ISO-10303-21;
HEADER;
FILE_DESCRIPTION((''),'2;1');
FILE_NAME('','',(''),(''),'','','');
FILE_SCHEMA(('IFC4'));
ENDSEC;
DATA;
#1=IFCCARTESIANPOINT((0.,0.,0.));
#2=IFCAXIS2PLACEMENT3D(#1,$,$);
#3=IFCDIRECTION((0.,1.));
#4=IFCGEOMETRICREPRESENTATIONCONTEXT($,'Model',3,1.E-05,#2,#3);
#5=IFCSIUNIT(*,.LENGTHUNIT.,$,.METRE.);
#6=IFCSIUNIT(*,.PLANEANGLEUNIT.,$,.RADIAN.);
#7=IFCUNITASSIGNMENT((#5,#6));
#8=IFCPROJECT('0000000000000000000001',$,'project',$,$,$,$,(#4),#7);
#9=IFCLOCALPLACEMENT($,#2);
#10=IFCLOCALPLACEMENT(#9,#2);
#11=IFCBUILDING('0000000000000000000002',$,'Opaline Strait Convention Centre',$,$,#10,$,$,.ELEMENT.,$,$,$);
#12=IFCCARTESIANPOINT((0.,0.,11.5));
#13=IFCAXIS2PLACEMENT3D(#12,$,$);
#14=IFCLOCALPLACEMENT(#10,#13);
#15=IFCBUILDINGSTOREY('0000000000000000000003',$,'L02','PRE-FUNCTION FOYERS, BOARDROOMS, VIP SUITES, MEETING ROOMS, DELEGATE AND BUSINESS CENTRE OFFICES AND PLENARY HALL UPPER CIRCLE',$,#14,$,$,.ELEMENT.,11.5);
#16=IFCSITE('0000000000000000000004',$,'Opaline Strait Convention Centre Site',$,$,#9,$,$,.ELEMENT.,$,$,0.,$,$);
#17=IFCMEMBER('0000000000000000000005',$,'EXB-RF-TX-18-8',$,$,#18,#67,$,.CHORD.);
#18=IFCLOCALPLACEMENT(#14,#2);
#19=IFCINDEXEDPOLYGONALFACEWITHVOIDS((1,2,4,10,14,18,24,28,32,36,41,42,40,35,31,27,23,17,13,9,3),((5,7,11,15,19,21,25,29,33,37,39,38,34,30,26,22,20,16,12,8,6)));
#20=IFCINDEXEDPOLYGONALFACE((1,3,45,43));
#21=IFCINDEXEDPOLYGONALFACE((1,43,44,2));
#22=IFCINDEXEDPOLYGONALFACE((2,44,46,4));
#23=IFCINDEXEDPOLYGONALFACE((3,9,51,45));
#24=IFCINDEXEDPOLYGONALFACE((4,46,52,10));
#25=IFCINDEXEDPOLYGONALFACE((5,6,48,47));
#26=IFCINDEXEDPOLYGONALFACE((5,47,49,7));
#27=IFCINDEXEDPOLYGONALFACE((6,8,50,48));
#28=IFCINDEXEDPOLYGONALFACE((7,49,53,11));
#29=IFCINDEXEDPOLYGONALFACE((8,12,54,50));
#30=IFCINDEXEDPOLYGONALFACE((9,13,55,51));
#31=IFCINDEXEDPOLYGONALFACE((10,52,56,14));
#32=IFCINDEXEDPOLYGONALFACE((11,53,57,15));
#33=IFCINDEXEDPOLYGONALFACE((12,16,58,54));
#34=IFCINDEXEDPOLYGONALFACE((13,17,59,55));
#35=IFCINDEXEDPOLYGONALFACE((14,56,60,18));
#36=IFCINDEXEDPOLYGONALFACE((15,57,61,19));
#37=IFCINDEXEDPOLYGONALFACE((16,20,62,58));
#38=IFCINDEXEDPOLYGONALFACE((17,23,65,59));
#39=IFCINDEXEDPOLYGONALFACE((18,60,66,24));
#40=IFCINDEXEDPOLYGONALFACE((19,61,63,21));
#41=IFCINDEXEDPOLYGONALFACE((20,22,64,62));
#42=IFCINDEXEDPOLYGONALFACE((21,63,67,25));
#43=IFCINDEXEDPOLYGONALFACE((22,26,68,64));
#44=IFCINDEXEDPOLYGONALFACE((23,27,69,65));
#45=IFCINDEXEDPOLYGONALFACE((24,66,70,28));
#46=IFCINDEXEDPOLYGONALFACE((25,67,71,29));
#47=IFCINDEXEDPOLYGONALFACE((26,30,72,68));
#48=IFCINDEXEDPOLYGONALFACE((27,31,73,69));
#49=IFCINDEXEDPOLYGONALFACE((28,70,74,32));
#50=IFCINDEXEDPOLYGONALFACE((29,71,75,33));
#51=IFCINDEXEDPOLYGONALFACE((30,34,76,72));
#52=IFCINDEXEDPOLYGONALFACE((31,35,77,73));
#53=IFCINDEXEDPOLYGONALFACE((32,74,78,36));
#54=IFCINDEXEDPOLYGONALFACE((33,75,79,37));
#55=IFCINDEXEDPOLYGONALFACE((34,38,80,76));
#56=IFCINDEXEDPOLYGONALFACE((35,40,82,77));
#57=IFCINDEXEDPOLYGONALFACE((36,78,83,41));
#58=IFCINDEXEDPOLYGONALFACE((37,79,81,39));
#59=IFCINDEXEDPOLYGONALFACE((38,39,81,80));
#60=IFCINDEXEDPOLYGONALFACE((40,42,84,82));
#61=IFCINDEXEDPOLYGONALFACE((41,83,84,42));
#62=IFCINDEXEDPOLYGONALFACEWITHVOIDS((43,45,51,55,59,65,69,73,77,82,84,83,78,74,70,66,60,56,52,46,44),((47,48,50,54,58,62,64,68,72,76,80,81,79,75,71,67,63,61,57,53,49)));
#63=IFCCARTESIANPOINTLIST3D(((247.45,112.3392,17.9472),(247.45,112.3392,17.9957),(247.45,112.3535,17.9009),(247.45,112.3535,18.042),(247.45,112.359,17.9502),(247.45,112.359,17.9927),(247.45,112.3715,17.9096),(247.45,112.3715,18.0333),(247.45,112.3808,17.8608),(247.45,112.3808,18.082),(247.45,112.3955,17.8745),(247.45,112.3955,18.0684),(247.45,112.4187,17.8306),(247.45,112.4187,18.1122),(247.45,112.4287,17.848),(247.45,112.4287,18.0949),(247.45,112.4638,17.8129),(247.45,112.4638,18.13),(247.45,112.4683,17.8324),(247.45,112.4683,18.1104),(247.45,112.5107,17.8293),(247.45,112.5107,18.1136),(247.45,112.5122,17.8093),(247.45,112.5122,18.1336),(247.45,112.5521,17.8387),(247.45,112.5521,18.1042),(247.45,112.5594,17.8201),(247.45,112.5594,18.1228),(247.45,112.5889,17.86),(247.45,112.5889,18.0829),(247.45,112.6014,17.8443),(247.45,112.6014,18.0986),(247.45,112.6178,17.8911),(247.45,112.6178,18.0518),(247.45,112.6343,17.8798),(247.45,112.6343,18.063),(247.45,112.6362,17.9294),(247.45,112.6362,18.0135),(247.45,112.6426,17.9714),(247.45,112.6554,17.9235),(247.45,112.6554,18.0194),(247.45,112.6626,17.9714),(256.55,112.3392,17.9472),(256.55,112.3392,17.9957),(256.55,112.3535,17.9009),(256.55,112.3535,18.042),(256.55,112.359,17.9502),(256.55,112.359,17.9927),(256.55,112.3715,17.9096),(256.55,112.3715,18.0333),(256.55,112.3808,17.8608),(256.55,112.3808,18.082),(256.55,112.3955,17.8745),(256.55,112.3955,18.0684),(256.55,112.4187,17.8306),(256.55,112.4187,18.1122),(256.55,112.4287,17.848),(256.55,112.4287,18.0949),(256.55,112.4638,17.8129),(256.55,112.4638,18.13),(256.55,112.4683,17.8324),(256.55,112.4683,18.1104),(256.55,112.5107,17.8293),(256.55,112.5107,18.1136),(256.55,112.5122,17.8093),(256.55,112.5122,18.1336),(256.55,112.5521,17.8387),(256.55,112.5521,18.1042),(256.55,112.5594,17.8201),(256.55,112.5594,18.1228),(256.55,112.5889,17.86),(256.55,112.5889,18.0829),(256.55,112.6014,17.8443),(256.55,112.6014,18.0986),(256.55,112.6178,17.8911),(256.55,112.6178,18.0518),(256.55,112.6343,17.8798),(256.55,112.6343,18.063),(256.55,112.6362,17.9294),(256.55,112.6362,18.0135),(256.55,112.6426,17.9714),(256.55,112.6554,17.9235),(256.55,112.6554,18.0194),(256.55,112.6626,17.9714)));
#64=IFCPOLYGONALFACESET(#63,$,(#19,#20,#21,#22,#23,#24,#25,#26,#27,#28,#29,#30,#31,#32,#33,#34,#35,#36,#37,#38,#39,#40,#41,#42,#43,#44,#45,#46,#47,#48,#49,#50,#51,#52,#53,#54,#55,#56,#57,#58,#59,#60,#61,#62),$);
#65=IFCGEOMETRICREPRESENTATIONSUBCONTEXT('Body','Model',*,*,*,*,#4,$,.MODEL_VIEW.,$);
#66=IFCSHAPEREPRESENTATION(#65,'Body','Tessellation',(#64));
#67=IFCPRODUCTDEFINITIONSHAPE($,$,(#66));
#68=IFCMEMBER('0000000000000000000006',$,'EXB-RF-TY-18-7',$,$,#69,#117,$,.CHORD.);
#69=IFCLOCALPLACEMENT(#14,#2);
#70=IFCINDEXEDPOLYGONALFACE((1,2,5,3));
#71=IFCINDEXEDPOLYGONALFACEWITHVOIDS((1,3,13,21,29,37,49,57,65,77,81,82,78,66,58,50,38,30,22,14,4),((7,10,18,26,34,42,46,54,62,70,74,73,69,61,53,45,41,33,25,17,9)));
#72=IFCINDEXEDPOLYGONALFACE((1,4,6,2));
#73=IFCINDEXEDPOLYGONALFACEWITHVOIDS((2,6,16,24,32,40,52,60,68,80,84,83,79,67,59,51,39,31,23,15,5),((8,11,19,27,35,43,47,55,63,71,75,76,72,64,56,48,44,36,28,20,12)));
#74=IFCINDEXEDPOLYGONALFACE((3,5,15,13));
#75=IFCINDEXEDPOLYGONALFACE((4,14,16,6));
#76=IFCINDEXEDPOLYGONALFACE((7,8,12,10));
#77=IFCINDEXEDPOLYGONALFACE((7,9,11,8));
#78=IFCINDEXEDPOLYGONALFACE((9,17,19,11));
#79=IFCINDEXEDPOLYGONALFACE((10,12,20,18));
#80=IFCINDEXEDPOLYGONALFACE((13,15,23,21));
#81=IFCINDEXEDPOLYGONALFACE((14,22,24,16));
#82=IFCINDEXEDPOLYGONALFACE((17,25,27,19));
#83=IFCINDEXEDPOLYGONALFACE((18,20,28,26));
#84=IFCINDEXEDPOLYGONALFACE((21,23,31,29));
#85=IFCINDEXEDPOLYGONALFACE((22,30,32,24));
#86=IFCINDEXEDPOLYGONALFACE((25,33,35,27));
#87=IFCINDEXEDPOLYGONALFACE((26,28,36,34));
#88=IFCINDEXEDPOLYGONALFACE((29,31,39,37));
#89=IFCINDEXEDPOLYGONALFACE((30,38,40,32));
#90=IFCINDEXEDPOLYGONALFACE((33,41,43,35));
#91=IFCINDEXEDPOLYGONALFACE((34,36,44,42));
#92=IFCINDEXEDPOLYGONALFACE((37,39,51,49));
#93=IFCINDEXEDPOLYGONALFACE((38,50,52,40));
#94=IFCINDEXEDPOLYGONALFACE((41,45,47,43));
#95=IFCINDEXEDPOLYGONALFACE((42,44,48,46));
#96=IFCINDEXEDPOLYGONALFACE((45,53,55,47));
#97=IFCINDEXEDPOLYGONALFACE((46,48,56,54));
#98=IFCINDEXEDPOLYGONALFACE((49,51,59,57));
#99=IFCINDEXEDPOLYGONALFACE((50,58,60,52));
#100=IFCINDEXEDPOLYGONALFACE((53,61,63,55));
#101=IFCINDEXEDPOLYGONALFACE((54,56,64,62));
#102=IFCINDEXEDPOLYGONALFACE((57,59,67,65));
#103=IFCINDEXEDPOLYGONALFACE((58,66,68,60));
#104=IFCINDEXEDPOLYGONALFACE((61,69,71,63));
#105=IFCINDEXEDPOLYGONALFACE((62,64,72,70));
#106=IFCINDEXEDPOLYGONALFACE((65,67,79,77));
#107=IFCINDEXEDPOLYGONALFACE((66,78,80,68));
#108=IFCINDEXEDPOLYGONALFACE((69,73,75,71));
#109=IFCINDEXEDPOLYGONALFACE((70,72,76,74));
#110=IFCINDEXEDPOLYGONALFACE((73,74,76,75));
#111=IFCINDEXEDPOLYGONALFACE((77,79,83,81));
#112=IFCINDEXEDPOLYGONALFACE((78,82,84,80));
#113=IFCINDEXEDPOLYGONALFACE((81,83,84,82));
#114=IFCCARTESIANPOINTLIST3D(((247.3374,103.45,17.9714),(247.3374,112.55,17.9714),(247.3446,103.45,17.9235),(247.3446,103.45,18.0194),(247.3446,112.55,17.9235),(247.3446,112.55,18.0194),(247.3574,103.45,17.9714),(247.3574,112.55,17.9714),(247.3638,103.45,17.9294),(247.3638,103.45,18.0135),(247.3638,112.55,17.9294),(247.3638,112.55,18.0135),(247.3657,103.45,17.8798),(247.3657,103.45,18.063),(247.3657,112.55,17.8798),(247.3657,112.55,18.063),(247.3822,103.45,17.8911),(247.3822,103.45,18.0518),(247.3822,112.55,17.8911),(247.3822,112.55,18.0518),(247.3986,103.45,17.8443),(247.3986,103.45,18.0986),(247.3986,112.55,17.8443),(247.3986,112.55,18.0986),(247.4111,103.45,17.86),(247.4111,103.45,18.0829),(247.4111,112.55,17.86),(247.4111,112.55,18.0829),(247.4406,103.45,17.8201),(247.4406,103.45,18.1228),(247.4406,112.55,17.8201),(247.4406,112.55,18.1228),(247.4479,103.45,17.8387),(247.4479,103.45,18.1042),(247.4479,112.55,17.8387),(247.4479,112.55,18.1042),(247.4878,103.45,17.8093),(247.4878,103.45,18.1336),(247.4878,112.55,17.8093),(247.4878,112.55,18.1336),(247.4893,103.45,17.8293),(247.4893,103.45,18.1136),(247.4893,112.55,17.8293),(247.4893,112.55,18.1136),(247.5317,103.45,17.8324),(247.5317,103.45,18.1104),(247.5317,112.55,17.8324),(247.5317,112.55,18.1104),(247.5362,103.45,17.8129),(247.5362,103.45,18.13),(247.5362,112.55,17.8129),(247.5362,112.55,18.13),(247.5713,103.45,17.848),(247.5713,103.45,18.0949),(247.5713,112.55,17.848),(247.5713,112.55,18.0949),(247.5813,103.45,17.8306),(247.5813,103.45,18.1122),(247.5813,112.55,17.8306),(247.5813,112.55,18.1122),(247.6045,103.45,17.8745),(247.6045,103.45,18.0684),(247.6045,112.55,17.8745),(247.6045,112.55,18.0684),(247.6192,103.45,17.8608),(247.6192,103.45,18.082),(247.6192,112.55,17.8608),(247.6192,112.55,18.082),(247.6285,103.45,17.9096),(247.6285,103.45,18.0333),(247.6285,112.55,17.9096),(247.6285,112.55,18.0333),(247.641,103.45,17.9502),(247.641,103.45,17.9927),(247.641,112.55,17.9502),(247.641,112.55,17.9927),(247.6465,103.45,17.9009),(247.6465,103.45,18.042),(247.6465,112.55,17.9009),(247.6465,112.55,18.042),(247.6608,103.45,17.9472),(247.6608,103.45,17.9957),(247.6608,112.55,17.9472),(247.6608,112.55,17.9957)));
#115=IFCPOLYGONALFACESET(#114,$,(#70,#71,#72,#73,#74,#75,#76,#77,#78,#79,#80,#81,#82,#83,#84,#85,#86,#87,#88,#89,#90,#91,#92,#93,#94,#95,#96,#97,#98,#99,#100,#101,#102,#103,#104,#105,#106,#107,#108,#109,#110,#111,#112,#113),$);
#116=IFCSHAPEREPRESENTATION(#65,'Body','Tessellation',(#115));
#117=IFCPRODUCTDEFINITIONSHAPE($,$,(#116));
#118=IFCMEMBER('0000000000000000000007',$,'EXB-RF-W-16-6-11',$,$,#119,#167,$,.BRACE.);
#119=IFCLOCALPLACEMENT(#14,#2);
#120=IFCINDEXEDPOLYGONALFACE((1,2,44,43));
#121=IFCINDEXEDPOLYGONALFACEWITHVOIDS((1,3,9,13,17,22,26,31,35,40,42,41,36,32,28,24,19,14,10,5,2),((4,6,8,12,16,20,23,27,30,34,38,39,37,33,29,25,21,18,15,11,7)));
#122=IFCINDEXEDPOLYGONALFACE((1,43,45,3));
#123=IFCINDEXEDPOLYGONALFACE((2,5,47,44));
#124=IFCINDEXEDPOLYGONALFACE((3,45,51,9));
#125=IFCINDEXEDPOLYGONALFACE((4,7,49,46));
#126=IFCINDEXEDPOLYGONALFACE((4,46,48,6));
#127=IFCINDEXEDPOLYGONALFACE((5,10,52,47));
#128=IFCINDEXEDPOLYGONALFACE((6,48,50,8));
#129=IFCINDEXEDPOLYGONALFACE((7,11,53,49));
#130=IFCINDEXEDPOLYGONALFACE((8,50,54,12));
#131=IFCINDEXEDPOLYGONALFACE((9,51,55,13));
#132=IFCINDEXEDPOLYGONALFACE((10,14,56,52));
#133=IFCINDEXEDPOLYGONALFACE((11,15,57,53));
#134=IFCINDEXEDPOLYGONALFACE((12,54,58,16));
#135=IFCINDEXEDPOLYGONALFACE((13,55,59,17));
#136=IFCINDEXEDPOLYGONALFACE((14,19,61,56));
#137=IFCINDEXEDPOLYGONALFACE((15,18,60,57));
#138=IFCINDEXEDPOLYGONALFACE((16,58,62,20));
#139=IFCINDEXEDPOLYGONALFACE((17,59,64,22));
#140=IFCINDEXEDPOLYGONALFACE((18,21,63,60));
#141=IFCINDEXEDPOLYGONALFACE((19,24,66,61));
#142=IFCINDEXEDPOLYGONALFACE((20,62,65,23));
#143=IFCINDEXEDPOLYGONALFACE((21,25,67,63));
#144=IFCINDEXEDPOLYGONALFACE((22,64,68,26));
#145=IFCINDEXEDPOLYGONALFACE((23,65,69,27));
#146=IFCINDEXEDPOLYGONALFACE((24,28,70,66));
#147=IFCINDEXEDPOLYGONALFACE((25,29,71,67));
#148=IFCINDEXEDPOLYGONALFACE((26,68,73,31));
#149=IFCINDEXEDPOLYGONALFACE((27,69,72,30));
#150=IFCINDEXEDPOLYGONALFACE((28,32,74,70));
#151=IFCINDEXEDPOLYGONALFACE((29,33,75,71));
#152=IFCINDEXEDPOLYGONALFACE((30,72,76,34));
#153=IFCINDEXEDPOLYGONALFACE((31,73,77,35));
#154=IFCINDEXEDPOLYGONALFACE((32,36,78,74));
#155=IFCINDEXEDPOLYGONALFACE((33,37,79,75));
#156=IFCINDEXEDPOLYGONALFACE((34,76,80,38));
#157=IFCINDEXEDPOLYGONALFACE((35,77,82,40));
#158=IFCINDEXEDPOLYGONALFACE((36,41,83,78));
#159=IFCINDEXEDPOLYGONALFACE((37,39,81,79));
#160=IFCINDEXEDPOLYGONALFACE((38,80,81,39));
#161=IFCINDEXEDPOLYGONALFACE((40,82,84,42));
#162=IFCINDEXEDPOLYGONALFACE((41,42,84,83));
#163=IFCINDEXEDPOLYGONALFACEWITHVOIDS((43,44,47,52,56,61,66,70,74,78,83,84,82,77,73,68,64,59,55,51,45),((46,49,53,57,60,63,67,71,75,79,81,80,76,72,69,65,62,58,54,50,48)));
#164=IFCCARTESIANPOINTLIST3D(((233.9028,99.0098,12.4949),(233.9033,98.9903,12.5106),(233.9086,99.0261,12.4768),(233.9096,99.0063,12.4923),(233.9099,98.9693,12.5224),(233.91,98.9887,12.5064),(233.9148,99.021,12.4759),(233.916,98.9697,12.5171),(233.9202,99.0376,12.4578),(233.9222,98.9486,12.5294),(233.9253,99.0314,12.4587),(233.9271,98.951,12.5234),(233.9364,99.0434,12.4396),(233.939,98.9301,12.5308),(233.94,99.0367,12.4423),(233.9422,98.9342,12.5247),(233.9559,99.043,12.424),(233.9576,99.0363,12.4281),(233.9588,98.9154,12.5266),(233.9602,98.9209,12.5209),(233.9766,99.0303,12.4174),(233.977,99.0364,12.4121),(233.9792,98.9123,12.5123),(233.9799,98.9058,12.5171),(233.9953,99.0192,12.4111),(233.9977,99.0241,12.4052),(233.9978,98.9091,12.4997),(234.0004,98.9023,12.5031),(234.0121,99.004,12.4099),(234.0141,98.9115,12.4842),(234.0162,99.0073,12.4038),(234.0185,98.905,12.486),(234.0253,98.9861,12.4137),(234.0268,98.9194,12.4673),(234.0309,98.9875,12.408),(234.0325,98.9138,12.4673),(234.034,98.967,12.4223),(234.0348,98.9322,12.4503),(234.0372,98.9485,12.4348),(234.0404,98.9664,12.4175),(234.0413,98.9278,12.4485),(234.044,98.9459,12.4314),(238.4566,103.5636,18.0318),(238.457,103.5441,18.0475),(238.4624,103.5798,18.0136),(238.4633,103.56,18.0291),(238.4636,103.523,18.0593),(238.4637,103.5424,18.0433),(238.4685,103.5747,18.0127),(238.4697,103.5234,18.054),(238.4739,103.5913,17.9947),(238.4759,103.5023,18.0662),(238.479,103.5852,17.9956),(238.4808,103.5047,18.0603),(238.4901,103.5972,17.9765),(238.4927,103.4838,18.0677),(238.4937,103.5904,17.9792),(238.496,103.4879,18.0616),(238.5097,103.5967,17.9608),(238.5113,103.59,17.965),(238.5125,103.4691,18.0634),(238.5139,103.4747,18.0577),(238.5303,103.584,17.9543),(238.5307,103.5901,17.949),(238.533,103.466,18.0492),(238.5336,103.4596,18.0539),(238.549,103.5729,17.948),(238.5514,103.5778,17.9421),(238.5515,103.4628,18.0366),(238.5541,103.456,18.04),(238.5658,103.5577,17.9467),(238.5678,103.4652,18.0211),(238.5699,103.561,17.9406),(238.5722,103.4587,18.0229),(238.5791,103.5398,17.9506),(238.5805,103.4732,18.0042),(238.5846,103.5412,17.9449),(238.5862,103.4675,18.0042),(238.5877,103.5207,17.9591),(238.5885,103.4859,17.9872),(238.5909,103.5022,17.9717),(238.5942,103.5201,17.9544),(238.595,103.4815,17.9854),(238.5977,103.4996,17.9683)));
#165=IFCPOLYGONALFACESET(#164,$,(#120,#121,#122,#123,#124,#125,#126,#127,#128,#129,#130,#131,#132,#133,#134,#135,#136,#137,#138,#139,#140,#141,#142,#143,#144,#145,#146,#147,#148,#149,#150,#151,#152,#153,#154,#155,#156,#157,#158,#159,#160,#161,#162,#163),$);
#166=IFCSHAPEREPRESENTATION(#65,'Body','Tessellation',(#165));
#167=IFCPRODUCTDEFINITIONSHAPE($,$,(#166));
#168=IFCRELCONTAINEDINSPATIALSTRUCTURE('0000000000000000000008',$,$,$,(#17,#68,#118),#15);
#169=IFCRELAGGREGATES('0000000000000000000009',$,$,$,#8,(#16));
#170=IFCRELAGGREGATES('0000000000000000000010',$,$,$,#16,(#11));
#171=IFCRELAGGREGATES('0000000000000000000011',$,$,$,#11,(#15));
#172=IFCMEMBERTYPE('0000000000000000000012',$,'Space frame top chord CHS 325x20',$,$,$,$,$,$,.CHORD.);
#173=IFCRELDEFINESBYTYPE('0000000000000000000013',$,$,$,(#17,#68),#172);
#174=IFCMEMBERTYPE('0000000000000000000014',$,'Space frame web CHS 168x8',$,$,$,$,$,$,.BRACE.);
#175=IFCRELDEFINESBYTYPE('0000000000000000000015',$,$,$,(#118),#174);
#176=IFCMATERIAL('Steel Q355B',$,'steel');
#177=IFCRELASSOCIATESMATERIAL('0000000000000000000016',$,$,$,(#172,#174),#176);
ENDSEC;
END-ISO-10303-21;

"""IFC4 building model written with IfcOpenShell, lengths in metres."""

from ifc_helpers import new_model, si_unit, direction, frame, origin, origin_2d, place, context, subcontext, project, spatial, hollow_circle, extrude, material, material_profile, profile_set, type_object, element, save


model = new_model("IFC4")

# Units and contexts
model_context = context("Model", 3, precision=1e-05, world=origin(), true_north=direction((0.0, 1.0)))
body_context = subcontext(model_context, "Body", "Model", "MODEL_VIEW")
ifc_project = project(units=[si_unit("LENGTHUNIT", "METRE"), si_unit("PLANEANGLEUNIT", "RADIAN")], contexts=[model_context])

# Site, building, storey
site_placement = place(None, origin())
site = spatial("IfcSite", under=ifc_project, at=site_placement, Name="Opaline Strait Convention Centre Site", CompositionType="ELEMENT", RefElevation=0.0)
building_placement = place(site_placement, origin())
building = spatial("IfcBuilding", under=site, at=building_placement, Name="Opaline Strait Convention Centre", CompositionType="ELEMENT")
storey_placement = place(building_placement, frame((0.0, 0.0, 11.5)))
storey = spatial("IfcBuildingStorey", under=building, at=storey_placement, Name="L02", Description="PRE-FUNCTION FOYERS, BOARDROOMS, VIP SUITES, MEETING ROOMS, DELEGATE AND BUSINESS CENTRE OFFICES AND PLENARY HALL UPPER CIRCLE", CompositionType="ELEMENT", Elevation=11.5)

# Members
ifc_material = material(Name="Steel Q355B", Category="steel")
ifc_material_profile_1 = material_profile(ifc_material, hollow_circle(Radius=0.1626, WallThickness=0.02, at=origin_2d()), Name="CHS 325x20")
ifc_profile_set_1 = profile_set([ifc_material_profile_1], Name="Steel Q355B")
member_type_1 = type_object("IfcMemberType", Name="Space frame top chord CHS 325x20", PredefinedType="CHORD", material=ifc_profile_set_1)
for number, where, z_axis, x_axis, name in (
    (1, (247.45, 112.5, 17.9714), (1.0, 0.0, 0.0), (0.0, 1.0, 0.0), "EXB-RF-TX-18-8"),
    (2, (247.5, 103.45, 17.9714), (0.0, 1.0, 0.0), (-1.0, 0.0, 0.0), "EXB-RF-TY-18-7"),
):
    element("IfcMember", number, at=place(storey_placement, frame(where, z_axis=z_axis, x_axis=x_axis)), inside=storey, type_object=member_type_1, Name=name, PredefinedType="CHORD", context=body_context, shape_type="SweptSolid", body=[
        extrude(hollow_circle(Radius=0.1626, WallThickness=0.02, at=origin_2d()), origin(), (0.0, 0.0, 1.0), 9.1001),
    ])
ifc_material_profile_2 = material_profile(ifc_material, hollow_circle(Radius=0.084, WallThickness=0.0081, at=origin_2d()), Name="CHS 168x8")
ifc_profile_set_2 = profile_set([ifc_material_profile_2], Name="Steel Q355B")
member_type_2 = type_object("IfcMemberType", Name="Space frame web CHS 168x8", PredefinedType="BRACE", material=ifc_profile_set_2)
for number, where, z_axis, x_axis, name in (
    (3, (238.5269, 103.5269, 18.0042), (-0.536178, -0.536178, -0.65194), (0.707107, -0.707107, 0.0), "EXB-RF-W-16-6-11"),
):
    element("IfcMember", number, at=place(storey_placement, frame(where, z_axis=z_axis, x_axis=x_axis)), inside=storey, type_object=member_type_2, Name=name, PredefinedType="BRACE", context=body_context, shape_type="SweptSolid", body=[
        extrude(hollow_circle(Radius=0.084, WallThickness=0.0081, at=origin_2d()), origin(), (0.0, 0.0, 1.0), 8.4929),
    ])

save(model, "model.ifc")
